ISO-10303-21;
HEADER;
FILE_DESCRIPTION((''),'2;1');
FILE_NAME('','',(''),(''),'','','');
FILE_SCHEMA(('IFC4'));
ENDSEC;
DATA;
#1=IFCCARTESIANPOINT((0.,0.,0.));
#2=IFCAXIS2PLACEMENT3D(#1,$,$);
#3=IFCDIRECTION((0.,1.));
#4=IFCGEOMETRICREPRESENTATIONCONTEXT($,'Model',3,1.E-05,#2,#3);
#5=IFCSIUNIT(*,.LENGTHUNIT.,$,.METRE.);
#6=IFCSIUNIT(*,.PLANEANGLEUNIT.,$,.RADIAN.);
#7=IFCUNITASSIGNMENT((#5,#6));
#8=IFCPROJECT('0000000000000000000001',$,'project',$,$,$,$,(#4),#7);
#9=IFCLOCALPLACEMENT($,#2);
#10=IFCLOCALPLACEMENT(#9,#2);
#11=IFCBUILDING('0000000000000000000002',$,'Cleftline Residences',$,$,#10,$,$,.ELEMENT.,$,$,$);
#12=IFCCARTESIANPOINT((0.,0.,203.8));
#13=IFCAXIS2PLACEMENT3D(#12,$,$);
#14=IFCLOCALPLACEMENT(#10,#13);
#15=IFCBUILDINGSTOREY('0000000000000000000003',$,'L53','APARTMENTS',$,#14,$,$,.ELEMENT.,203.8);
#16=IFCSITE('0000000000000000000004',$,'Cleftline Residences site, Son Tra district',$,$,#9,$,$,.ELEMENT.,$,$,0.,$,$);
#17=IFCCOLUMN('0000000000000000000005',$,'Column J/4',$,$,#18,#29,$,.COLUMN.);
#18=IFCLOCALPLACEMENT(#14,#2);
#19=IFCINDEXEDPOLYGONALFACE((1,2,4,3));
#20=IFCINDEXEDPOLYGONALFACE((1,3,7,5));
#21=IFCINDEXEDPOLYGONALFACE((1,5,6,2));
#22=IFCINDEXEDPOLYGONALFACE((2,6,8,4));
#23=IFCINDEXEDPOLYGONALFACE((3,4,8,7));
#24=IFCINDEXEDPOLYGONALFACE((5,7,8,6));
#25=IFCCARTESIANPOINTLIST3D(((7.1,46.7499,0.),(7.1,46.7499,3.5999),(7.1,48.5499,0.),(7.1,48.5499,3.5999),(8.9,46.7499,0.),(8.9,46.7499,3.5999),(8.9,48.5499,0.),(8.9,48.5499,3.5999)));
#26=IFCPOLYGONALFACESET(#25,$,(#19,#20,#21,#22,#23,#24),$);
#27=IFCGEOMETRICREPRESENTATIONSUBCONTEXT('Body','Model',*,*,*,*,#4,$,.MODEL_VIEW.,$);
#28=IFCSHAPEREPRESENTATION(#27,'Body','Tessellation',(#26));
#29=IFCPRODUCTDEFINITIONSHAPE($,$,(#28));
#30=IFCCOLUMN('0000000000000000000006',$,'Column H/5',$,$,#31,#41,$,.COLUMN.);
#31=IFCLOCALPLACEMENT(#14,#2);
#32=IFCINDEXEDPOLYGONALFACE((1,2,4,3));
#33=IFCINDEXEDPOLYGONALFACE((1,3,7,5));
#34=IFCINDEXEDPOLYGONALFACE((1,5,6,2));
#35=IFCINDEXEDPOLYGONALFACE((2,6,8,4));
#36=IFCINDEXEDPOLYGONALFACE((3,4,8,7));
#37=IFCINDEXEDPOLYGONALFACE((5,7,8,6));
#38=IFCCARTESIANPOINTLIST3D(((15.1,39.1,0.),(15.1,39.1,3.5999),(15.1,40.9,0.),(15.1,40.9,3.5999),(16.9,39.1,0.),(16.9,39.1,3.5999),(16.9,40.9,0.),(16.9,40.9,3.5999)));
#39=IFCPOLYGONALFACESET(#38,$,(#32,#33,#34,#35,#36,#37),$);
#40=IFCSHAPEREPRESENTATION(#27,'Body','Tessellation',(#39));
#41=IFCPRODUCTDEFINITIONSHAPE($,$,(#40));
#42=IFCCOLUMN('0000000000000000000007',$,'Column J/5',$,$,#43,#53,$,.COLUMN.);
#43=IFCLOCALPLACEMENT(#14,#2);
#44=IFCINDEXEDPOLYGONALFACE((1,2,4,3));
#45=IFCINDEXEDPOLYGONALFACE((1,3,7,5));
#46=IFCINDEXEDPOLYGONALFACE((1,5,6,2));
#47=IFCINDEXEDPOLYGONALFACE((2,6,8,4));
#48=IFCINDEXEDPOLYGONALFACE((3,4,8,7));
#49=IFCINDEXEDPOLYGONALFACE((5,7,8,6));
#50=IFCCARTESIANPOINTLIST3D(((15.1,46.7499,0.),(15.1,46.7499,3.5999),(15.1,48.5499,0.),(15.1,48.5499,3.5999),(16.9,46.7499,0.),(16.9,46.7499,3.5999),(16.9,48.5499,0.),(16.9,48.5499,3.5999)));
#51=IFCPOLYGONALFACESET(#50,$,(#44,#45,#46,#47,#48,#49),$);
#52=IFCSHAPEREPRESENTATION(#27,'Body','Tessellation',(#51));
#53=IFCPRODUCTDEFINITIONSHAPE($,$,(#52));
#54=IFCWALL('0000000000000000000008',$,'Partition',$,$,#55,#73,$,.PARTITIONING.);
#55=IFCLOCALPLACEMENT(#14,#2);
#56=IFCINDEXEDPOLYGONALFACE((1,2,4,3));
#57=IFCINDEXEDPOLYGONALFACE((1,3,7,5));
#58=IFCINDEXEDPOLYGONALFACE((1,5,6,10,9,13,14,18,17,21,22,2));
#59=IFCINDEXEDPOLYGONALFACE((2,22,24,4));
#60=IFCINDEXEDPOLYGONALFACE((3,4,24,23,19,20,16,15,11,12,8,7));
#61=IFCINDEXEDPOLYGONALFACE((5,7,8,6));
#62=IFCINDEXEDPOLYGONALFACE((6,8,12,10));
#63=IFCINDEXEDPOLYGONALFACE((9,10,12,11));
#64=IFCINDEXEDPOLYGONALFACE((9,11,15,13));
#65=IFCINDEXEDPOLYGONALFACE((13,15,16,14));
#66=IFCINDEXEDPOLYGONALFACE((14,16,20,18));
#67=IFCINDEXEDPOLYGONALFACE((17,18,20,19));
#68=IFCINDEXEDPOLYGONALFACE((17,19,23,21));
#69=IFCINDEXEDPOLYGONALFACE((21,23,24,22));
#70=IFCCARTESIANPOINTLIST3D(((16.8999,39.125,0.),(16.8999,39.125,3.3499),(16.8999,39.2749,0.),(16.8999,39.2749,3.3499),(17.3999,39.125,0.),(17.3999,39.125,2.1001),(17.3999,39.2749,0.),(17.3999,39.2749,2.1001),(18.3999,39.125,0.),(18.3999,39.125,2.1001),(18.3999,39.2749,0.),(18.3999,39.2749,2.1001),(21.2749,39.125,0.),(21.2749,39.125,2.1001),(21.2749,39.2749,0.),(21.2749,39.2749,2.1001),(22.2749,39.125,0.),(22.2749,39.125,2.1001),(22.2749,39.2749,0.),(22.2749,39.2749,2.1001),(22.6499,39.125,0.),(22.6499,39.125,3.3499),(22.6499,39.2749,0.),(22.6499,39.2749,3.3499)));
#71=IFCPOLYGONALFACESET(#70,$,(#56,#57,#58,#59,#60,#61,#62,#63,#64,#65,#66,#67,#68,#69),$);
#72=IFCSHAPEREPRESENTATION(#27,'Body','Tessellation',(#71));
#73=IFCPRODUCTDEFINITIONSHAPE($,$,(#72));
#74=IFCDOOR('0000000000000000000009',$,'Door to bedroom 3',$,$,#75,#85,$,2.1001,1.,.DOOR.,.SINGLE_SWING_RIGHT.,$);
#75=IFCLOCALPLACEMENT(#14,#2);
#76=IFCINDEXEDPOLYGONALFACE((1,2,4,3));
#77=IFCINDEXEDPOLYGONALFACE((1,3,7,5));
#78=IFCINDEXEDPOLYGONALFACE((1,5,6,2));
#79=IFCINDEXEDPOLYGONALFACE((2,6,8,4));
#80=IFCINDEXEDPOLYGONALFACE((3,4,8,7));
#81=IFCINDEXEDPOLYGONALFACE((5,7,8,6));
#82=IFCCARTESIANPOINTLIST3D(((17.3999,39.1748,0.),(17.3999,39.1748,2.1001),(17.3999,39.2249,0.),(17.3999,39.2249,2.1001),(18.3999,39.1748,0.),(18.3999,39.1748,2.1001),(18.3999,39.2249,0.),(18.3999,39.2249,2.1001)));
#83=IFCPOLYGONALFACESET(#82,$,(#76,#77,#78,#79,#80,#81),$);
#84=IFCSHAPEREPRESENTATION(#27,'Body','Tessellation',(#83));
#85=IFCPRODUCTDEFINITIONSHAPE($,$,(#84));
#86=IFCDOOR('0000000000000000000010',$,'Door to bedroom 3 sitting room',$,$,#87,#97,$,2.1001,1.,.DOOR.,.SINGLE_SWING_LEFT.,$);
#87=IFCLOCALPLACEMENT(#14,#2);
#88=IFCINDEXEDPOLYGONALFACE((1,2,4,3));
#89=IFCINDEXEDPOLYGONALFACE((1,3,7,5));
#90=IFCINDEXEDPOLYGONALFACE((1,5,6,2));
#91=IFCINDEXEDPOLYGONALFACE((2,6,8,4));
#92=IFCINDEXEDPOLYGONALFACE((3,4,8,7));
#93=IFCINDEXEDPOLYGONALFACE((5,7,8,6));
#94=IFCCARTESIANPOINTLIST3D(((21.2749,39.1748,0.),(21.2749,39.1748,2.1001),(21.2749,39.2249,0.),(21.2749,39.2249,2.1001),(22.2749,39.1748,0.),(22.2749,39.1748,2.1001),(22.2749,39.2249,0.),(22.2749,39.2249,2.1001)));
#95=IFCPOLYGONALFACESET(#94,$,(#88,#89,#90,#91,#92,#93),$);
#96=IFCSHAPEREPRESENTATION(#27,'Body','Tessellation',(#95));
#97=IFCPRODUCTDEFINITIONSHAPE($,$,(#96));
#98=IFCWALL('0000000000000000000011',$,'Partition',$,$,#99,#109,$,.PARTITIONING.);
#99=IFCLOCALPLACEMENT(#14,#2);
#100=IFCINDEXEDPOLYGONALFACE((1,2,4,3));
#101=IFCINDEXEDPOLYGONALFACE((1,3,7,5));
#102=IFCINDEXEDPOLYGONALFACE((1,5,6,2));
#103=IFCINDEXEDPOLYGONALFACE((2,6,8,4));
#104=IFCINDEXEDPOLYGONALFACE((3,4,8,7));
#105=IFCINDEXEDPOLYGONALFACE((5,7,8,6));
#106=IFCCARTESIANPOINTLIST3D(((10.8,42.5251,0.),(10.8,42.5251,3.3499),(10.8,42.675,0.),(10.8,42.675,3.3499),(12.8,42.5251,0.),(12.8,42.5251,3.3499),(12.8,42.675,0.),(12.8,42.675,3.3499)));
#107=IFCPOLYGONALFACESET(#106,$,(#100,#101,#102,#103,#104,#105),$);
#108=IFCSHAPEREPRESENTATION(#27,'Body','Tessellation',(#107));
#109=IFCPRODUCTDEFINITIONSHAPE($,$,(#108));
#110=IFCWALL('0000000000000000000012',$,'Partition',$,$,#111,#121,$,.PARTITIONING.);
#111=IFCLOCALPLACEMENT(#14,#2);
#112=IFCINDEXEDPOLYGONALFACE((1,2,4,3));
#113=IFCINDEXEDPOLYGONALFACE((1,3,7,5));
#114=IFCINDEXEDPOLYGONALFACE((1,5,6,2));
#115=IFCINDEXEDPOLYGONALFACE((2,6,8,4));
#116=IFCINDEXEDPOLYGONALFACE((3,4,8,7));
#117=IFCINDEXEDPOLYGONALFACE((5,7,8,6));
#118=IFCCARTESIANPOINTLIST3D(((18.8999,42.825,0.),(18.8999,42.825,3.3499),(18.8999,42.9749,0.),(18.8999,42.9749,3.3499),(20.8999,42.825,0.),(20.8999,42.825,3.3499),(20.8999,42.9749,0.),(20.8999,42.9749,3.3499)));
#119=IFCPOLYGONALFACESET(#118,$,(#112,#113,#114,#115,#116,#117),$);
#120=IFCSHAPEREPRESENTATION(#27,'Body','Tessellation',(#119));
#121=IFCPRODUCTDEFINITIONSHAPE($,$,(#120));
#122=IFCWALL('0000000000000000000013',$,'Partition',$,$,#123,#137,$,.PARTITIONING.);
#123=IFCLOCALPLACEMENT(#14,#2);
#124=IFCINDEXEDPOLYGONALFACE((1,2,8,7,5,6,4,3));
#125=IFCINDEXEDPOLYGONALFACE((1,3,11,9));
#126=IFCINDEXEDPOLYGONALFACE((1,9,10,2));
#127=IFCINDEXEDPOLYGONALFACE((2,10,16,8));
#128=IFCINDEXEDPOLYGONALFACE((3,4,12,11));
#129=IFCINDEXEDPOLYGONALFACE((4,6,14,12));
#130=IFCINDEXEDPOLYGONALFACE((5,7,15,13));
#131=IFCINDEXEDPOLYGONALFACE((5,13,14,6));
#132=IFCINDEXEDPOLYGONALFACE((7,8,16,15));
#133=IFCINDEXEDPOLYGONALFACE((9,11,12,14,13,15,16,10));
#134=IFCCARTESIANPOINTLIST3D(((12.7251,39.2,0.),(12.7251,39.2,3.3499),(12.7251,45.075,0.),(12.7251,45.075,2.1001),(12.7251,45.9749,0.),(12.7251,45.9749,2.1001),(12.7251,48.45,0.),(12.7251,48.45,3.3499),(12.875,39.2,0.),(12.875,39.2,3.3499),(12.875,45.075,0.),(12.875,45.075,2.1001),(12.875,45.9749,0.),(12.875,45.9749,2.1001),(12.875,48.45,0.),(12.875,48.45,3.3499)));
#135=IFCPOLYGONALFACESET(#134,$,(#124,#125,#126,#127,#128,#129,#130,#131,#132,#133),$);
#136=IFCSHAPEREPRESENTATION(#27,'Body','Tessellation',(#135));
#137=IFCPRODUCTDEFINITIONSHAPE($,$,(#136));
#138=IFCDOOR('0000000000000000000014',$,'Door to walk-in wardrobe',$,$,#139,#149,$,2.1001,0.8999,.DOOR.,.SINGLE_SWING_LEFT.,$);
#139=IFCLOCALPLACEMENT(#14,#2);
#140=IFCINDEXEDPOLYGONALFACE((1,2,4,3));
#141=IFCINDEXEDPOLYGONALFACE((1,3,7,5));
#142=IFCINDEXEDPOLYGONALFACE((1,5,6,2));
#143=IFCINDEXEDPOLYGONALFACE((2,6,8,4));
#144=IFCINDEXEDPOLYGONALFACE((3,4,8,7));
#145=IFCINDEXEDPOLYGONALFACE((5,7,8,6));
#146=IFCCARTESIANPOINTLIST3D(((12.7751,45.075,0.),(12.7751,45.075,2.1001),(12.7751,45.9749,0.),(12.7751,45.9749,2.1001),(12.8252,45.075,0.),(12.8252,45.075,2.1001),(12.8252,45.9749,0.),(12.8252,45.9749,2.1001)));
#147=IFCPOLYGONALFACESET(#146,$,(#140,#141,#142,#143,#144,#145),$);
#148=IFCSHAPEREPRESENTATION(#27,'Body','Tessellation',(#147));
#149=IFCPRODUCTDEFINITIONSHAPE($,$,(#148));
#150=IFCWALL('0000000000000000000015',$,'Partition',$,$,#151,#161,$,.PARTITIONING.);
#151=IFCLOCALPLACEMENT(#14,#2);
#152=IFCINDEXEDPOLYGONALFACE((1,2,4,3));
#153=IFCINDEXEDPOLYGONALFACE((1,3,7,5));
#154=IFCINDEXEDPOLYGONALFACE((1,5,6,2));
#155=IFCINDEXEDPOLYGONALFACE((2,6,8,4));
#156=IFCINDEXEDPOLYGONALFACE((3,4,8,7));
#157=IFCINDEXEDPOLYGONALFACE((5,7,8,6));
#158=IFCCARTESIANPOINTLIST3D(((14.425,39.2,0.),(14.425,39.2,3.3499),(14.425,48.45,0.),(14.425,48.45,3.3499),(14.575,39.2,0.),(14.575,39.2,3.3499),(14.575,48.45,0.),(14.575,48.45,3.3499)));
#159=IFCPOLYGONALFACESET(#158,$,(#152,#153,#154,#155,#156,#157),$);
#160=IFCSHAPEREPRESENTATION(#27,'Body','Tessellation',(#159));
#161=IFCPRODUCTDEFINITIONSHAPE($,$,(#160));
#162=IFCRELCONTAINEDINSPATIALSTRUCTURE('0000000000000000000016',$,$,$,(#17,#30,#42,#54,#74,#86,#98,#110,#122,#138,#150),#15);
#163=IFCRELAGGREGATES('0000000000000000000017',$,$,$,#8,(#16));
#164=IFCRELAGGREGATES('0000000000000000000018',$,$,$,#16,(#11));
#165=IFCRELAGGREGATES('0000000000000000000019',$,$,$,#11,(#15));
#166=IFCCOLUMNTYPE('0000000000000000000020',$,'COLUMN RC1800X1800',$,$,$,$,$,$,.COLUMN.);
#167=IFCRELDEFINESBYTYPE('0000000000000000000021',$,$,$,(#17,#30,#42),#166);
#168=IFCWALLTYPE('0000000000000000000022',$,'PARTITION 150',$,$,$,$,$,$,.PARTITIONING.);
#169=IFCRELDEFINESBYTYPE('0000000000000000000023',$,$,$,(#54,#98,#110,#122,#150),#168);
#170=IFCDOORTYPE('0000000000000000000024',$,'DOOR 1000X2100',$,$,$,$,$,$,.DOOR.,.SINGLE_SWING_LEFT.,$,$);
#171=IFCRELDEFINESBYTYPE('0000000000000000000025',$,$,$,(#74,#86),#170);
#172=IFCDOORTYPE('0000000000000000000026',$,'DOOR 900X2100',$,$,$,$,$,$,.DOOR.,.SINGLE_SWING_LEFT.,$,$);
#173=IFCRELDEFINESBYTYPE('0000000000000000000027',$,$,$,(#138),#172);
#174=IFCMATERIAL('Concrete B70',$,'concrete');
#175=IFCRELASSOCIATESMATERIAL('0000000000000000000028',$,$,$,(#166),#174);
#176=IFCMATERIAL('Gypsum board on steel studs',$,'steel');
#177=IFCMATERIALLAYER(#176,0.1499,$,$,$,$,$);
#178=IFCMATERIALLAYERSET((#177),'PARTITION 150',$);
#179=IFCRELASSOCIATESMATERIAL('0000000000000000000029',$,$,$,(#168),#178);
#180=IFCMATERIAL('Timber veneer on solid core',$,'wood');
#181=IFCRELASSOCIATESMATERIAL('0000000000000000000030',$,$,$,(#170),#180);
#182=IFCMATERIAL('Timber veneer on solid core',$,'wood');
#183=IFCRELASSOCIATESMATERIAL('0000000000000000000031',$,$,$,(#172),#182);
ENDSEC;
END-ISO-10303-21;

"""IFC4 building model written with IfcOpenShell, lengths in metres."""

from ifc_helpers import new_model, si_unit, direction, frame, frame_2d, origin, origin_2d, place, context, subcontext, project, spatial, rectangle, extrude, material, layer, layer_set, material_profile, profile_set, type_object, element, fill, save


model = new_model("IFC4")

# Units and contexts
model_context = context("Model", 3, precision=1e-05, world=origin(), true_north=direction((0.0, 1.0)))
body_context = subcontext(model_context, "Body", "Model", "MODEL_VIEW")
ifc_project = project(units=[si_unit("LENGTHUNIT", "METRE"), si_unit("PLANEANGLEUNIT", "RADIAN")], contexts=[model_context])

# Site, building, storey
site_placement = place(None, origin())
site = spatial("IfcSite", under=ifc_project, at=site_placement, Name="Cleftline Residences site, Son Tra district", CompositionType="ELEMENT", RefElevation=0.0)
building_placement = place(site_placement, origin())
building = spatial("IfcBuilding", under=site, at=building_placement, Name="Cleftline Residences", CompositionType="ELEMENT")
storey_placement = place(building_placement, frame((0.0, 0.0, 203.8)))
storey = spatial("IfcBuildingStorey", under=building, at=storey_placement, Name="L53", Description="APARTMENTS", CompositionType="ELEMENT", Elevation=203.8)

# Columns
ifc_material_1 = material(Name="Concrete B70", Category="concrete")
ifc_material_profile = material_profile(ifc_material_1, rectangle(XDim=1.8, YDim=1.8, at=origin_2d()))
ifc_profile_set = profile_set([ifc_material_profile], Name="Concrete B70")
column_type = type_object("IfcColumnType", Name="COLUMN RC1800X1800", PredefinedType="COLUMN", material=ifc_profile_set)
for number, where, z_axis, x_axis, name in (
    (1, (8.0, 47.6499, 0.0), (0.0, 0.0, 1.0), (1.0, 0.0, 0.0), "Column J/4"),
    (2, (16.0, 40.0, 0.0), (0.0, 0.0, 1.0), (1.0, 0.0, 0.0), "Column H/5"),
    (3, (16.0, 47.6499, 0.0), (0.0, 0.0, 1.0), (1.0, 0.0, 0.0), "Column J/5"),
):
    element("IfcColumn", number, at=place(storey_placement, frame(where, z_axis=z_axis, x_axis=x_axis)), inside=storey, type_object=column_type, Name=name, PredefinedType="COLUMN", context=body_context, shape_type="SweptSolid", body=[
        extrude(rectangle(XDim=1.8, YDim=1.8, at=origin_2d()), origin(), (0.0, 0.0, 1.0), 3.5999),
    ])

# Wall, openings, doors
ifc_material_2 = material(Name="Gypsum board on steel studs", Category="steel")
ifc_layer = layer(ifc_material_2, 0.1499)
ifc_layer_set = layer_set([ifc_layer], Name="PARTITION 150")
wall_type = type_object("IfcWallType", Name="PARTITION 150", PredefinedType="PARTITIONING", material=ifc_layer_set)
wall_1_placement = place(storey_placement, frame((16.8999, 39.2, 0.0), z_axis=(0.0, 0.0, 1.0), x_axis=(1.0, 0.0, 0.0)))
wall_1 = element("IfcWall", 4, at=wall_1_placement, inside=storey, type_object=wall_type, Name="Partition", PredefinedType="PARTITIONING", context=body_context, shape_type="SweptSolid", body=[
    extrude(rectangle(XDim=5.75, YDim=0.1499, at=frame_2d((2.875, 0.0))), origin(), (0.0, 0.0, 1.0), 3.3499),
])
opening_1_placement = place(wall_1_placement, frame((0.5, 0.0, 0.0)))
opening_1 = element("IfcOpeningElement", 5, at=opening_1_placement, cuts=wall_1, PredefinedType="OPENING", context=body_context, shape_type="SweptSolid", body=[
    extrude(rectangle(XDim=1.0, YDim=2.1001, at=frame_2d((0.5, 1.05))), frame((0.0, 0.085, 0.0), z_axis=(0.0, -1.0, 0.0), x_axis=(1.0, 0.0, 0.0)), (0.0, 0.0, 1.0), 0.1699),
])
opening_2_placement = place(wall_1_placement, frame((4.375, 0.0, 0.0)))
opening_2 = element("IfcOpeningElement", 6, at=opening_2_placement, cuts=wall_1, PredefinedType="OPENING", context=body_context, shape_type="SweptSolid", body=[
    extrude(rectangle(XDim=1.0, YDim=2.1001, at=frame_2d((0.5, 1.05))), frame((0.0, 0.085, 0.0), z_axis=(0.0, -1.0, 0.0), x_axis=(1.0, 0.0, 0.0)), (0.0, 0.0, 1.0), 0.1699),
])
ifc_material_3 = material(Name="Timber veneer on solid core", Category="wood")
door_type_1 = type_object("IfcDoorType", Name="DOOR 1000X2100", OperationType="SINGLE_SWING_LEFT", PredefinedType="DOOR", material=ifc_material_3)
door_1_placement = place(opening_1_placement, origin())
door_1 = element("IfcDoor", 7, at=door_1_placement, inside=storey, type_object=door_type_1, Name="Door to bedroom 3", OperationType="SINGLE_SWING_RIGHT", OverallHeight=2.1001, OverallWidth=1.0, PredefinedType="DOOR", context=body_context, shape_type="SweptSolid", body=[
    extrude(rectangle(XDim=1.0, YDim=2.1001, at=frame_2d((0.5, 1.05))), frame((0.0, 0.0249, 0.0), z_axis=(0.0, -1.0, 0.0), x_axis=(1.0, 0.0, 0.0)), (0.0, 0.0, 1.0), 0.05),
])
fill(opening_1, door_1)
door_2_placement = place(opening_2_placement, origin())
door_2 = element("IfcDoor", 8, at=door_2_placement, inside=storey, type_object=door_type_1, Name="Door to bedroom 3 sitting room", OperationType="SINGLE_SWING_LEFT", OverallHeight=2.1001, OverallWidth=1.0, PredefinedType="DOOR", context=body_context, shape_type="SweptSolid", body=[
    extrude(rectangle(XDim=1.0, YDim=2.1001, at=frame_2d((0.5, 1.05))), frame((0.0, 0.0249, 0.0), z_axis=(0.0, -1.0, 0.0), x_axis=(1.0, 0.0, 0.0)), (0.0, 0.0, 1.0), 0.05),
])
fill(opening_2, door_2)

# Walls
for number, where, z_axis, x_axis, name in (
    (9, (10.8, 42.6001, 0.0), (0.0, 0.0, 1.0), (1.0, 0.0, 0.0), "Partition"),
    (10, (18.8999, 42.8999, 0.0), (0.0, 0.0, 1.0), (1.0, 0.0, 0.0), "Partition"),
):
    element("IfcWall", number, at=place(storey_placement, frame(where, z_axis=z_axis, x_axis=x_axis)), inside=storey, type_object=wall_type, Name=name, PredefinedType="PARTITIONING", context=body_context, shape_type="SweptSolid", body=[
        extrude(rectangle(XDim=2.0, YDim=0.1499, at=frame_2d((1.0, 0.0))), origin(), (0.0, 0.0, 1.0), 3.3499),
    ])

# Wall, opening, door
wall_2_placement = place(storey_placement, frame((12.8, 39.2, 0.0), z_axis=(0.0, 0.0, 1.0), x_axis=(0.0, 1.0, 0.0)))
wall_2 = element("IfcWall", 11, at=wall_2_placement, inside=storey, type_object=wall_type, Name="Partition", PredefinedType="PARTITIONING", context=body_context, shape_type="SweptSolid", body=[
    extrude(rectangle(XDim=9.25, YDim=0.1499, at=frame_2d((4.625, 0.0))), origin(), (0.0, 0.0, 1.0), 3.3499),
])
opening_3_placement = place(wall_2_placement, frame((5.875, 0.0, 0.0)))
opening_3 = element("IfcOpeningElement", 12, at=opening_3_placement, cuts=wall_2, PredefinedType="OPENING", context=body_context, shape_type="SweptSolid", body=[
    extrude(rectangle(XDim=0.8999, YDim=2.1001, at=frame_2d((0.45, 1.05))), frame((0.0, 0.085, 0.0), z_axis=(0.0, -1.0, 0.0), x_axis=(1.0, 0.0, 0.0)), (0.0, 0.0, 1.0), 0.1699),
])
ifc_material_4 = material(Name="Timber veneer on solid core", Category="wood")
door_type_2 = type_object("IfcDoorType", Name="DOOR 900X2100", OperationType="SINGLE_SWING_LEFT", PredefinedType="DOOR", material=ifc_material_4)
door_3_placement = place(opening_3_placement, origin())
door_3 = element("IfcDoor", 13, at=door_3_placement, inside=storey, type_object=door_type_2, Name="Door to walk-in wardrobe", OperationType="SINGLE_SWING_LEFT", OverallHeight=2.1001, OverallWidth=0.8999, PredefinedType="DOOR", context=body_context, shape_type="SweptSolid", body=[
    extrude(rectangle(XDim=0.8999, YDim=2.1001, at=frame_2d((0.45, 1.05))), frame((0.0, 0.0249, 0.0), z_axis=(0.0, -1.0, 0.0), x_axis=(1.0, 0.0, 0.0)), (0.0, 0.0, 1.0), 0.05),
])
fill(opening_3, door_3)

# Wall
wall_3_placement = place(storey_placement, frame((14.5, 39.2, 0.0), z_axis=(0.0, 0.0, 1.0), x_axis=(0.0, 1.0, 0.0)))
element("IfcWall", 14, at=wall_3_placement, inside=storey, type_object=wall_type, Name="Partition", PredefinedType="PARTITIONING", context=body_context, shape_type="SweptSolid", body=[
    extrude(rectangle(XDim=9.25, YDim=0.1499, at=frame_2d((4.625, 0.0))), origin(), (0.0, 0.0, 1.0), 3.3499),
])

save(model, "model.ifc")
